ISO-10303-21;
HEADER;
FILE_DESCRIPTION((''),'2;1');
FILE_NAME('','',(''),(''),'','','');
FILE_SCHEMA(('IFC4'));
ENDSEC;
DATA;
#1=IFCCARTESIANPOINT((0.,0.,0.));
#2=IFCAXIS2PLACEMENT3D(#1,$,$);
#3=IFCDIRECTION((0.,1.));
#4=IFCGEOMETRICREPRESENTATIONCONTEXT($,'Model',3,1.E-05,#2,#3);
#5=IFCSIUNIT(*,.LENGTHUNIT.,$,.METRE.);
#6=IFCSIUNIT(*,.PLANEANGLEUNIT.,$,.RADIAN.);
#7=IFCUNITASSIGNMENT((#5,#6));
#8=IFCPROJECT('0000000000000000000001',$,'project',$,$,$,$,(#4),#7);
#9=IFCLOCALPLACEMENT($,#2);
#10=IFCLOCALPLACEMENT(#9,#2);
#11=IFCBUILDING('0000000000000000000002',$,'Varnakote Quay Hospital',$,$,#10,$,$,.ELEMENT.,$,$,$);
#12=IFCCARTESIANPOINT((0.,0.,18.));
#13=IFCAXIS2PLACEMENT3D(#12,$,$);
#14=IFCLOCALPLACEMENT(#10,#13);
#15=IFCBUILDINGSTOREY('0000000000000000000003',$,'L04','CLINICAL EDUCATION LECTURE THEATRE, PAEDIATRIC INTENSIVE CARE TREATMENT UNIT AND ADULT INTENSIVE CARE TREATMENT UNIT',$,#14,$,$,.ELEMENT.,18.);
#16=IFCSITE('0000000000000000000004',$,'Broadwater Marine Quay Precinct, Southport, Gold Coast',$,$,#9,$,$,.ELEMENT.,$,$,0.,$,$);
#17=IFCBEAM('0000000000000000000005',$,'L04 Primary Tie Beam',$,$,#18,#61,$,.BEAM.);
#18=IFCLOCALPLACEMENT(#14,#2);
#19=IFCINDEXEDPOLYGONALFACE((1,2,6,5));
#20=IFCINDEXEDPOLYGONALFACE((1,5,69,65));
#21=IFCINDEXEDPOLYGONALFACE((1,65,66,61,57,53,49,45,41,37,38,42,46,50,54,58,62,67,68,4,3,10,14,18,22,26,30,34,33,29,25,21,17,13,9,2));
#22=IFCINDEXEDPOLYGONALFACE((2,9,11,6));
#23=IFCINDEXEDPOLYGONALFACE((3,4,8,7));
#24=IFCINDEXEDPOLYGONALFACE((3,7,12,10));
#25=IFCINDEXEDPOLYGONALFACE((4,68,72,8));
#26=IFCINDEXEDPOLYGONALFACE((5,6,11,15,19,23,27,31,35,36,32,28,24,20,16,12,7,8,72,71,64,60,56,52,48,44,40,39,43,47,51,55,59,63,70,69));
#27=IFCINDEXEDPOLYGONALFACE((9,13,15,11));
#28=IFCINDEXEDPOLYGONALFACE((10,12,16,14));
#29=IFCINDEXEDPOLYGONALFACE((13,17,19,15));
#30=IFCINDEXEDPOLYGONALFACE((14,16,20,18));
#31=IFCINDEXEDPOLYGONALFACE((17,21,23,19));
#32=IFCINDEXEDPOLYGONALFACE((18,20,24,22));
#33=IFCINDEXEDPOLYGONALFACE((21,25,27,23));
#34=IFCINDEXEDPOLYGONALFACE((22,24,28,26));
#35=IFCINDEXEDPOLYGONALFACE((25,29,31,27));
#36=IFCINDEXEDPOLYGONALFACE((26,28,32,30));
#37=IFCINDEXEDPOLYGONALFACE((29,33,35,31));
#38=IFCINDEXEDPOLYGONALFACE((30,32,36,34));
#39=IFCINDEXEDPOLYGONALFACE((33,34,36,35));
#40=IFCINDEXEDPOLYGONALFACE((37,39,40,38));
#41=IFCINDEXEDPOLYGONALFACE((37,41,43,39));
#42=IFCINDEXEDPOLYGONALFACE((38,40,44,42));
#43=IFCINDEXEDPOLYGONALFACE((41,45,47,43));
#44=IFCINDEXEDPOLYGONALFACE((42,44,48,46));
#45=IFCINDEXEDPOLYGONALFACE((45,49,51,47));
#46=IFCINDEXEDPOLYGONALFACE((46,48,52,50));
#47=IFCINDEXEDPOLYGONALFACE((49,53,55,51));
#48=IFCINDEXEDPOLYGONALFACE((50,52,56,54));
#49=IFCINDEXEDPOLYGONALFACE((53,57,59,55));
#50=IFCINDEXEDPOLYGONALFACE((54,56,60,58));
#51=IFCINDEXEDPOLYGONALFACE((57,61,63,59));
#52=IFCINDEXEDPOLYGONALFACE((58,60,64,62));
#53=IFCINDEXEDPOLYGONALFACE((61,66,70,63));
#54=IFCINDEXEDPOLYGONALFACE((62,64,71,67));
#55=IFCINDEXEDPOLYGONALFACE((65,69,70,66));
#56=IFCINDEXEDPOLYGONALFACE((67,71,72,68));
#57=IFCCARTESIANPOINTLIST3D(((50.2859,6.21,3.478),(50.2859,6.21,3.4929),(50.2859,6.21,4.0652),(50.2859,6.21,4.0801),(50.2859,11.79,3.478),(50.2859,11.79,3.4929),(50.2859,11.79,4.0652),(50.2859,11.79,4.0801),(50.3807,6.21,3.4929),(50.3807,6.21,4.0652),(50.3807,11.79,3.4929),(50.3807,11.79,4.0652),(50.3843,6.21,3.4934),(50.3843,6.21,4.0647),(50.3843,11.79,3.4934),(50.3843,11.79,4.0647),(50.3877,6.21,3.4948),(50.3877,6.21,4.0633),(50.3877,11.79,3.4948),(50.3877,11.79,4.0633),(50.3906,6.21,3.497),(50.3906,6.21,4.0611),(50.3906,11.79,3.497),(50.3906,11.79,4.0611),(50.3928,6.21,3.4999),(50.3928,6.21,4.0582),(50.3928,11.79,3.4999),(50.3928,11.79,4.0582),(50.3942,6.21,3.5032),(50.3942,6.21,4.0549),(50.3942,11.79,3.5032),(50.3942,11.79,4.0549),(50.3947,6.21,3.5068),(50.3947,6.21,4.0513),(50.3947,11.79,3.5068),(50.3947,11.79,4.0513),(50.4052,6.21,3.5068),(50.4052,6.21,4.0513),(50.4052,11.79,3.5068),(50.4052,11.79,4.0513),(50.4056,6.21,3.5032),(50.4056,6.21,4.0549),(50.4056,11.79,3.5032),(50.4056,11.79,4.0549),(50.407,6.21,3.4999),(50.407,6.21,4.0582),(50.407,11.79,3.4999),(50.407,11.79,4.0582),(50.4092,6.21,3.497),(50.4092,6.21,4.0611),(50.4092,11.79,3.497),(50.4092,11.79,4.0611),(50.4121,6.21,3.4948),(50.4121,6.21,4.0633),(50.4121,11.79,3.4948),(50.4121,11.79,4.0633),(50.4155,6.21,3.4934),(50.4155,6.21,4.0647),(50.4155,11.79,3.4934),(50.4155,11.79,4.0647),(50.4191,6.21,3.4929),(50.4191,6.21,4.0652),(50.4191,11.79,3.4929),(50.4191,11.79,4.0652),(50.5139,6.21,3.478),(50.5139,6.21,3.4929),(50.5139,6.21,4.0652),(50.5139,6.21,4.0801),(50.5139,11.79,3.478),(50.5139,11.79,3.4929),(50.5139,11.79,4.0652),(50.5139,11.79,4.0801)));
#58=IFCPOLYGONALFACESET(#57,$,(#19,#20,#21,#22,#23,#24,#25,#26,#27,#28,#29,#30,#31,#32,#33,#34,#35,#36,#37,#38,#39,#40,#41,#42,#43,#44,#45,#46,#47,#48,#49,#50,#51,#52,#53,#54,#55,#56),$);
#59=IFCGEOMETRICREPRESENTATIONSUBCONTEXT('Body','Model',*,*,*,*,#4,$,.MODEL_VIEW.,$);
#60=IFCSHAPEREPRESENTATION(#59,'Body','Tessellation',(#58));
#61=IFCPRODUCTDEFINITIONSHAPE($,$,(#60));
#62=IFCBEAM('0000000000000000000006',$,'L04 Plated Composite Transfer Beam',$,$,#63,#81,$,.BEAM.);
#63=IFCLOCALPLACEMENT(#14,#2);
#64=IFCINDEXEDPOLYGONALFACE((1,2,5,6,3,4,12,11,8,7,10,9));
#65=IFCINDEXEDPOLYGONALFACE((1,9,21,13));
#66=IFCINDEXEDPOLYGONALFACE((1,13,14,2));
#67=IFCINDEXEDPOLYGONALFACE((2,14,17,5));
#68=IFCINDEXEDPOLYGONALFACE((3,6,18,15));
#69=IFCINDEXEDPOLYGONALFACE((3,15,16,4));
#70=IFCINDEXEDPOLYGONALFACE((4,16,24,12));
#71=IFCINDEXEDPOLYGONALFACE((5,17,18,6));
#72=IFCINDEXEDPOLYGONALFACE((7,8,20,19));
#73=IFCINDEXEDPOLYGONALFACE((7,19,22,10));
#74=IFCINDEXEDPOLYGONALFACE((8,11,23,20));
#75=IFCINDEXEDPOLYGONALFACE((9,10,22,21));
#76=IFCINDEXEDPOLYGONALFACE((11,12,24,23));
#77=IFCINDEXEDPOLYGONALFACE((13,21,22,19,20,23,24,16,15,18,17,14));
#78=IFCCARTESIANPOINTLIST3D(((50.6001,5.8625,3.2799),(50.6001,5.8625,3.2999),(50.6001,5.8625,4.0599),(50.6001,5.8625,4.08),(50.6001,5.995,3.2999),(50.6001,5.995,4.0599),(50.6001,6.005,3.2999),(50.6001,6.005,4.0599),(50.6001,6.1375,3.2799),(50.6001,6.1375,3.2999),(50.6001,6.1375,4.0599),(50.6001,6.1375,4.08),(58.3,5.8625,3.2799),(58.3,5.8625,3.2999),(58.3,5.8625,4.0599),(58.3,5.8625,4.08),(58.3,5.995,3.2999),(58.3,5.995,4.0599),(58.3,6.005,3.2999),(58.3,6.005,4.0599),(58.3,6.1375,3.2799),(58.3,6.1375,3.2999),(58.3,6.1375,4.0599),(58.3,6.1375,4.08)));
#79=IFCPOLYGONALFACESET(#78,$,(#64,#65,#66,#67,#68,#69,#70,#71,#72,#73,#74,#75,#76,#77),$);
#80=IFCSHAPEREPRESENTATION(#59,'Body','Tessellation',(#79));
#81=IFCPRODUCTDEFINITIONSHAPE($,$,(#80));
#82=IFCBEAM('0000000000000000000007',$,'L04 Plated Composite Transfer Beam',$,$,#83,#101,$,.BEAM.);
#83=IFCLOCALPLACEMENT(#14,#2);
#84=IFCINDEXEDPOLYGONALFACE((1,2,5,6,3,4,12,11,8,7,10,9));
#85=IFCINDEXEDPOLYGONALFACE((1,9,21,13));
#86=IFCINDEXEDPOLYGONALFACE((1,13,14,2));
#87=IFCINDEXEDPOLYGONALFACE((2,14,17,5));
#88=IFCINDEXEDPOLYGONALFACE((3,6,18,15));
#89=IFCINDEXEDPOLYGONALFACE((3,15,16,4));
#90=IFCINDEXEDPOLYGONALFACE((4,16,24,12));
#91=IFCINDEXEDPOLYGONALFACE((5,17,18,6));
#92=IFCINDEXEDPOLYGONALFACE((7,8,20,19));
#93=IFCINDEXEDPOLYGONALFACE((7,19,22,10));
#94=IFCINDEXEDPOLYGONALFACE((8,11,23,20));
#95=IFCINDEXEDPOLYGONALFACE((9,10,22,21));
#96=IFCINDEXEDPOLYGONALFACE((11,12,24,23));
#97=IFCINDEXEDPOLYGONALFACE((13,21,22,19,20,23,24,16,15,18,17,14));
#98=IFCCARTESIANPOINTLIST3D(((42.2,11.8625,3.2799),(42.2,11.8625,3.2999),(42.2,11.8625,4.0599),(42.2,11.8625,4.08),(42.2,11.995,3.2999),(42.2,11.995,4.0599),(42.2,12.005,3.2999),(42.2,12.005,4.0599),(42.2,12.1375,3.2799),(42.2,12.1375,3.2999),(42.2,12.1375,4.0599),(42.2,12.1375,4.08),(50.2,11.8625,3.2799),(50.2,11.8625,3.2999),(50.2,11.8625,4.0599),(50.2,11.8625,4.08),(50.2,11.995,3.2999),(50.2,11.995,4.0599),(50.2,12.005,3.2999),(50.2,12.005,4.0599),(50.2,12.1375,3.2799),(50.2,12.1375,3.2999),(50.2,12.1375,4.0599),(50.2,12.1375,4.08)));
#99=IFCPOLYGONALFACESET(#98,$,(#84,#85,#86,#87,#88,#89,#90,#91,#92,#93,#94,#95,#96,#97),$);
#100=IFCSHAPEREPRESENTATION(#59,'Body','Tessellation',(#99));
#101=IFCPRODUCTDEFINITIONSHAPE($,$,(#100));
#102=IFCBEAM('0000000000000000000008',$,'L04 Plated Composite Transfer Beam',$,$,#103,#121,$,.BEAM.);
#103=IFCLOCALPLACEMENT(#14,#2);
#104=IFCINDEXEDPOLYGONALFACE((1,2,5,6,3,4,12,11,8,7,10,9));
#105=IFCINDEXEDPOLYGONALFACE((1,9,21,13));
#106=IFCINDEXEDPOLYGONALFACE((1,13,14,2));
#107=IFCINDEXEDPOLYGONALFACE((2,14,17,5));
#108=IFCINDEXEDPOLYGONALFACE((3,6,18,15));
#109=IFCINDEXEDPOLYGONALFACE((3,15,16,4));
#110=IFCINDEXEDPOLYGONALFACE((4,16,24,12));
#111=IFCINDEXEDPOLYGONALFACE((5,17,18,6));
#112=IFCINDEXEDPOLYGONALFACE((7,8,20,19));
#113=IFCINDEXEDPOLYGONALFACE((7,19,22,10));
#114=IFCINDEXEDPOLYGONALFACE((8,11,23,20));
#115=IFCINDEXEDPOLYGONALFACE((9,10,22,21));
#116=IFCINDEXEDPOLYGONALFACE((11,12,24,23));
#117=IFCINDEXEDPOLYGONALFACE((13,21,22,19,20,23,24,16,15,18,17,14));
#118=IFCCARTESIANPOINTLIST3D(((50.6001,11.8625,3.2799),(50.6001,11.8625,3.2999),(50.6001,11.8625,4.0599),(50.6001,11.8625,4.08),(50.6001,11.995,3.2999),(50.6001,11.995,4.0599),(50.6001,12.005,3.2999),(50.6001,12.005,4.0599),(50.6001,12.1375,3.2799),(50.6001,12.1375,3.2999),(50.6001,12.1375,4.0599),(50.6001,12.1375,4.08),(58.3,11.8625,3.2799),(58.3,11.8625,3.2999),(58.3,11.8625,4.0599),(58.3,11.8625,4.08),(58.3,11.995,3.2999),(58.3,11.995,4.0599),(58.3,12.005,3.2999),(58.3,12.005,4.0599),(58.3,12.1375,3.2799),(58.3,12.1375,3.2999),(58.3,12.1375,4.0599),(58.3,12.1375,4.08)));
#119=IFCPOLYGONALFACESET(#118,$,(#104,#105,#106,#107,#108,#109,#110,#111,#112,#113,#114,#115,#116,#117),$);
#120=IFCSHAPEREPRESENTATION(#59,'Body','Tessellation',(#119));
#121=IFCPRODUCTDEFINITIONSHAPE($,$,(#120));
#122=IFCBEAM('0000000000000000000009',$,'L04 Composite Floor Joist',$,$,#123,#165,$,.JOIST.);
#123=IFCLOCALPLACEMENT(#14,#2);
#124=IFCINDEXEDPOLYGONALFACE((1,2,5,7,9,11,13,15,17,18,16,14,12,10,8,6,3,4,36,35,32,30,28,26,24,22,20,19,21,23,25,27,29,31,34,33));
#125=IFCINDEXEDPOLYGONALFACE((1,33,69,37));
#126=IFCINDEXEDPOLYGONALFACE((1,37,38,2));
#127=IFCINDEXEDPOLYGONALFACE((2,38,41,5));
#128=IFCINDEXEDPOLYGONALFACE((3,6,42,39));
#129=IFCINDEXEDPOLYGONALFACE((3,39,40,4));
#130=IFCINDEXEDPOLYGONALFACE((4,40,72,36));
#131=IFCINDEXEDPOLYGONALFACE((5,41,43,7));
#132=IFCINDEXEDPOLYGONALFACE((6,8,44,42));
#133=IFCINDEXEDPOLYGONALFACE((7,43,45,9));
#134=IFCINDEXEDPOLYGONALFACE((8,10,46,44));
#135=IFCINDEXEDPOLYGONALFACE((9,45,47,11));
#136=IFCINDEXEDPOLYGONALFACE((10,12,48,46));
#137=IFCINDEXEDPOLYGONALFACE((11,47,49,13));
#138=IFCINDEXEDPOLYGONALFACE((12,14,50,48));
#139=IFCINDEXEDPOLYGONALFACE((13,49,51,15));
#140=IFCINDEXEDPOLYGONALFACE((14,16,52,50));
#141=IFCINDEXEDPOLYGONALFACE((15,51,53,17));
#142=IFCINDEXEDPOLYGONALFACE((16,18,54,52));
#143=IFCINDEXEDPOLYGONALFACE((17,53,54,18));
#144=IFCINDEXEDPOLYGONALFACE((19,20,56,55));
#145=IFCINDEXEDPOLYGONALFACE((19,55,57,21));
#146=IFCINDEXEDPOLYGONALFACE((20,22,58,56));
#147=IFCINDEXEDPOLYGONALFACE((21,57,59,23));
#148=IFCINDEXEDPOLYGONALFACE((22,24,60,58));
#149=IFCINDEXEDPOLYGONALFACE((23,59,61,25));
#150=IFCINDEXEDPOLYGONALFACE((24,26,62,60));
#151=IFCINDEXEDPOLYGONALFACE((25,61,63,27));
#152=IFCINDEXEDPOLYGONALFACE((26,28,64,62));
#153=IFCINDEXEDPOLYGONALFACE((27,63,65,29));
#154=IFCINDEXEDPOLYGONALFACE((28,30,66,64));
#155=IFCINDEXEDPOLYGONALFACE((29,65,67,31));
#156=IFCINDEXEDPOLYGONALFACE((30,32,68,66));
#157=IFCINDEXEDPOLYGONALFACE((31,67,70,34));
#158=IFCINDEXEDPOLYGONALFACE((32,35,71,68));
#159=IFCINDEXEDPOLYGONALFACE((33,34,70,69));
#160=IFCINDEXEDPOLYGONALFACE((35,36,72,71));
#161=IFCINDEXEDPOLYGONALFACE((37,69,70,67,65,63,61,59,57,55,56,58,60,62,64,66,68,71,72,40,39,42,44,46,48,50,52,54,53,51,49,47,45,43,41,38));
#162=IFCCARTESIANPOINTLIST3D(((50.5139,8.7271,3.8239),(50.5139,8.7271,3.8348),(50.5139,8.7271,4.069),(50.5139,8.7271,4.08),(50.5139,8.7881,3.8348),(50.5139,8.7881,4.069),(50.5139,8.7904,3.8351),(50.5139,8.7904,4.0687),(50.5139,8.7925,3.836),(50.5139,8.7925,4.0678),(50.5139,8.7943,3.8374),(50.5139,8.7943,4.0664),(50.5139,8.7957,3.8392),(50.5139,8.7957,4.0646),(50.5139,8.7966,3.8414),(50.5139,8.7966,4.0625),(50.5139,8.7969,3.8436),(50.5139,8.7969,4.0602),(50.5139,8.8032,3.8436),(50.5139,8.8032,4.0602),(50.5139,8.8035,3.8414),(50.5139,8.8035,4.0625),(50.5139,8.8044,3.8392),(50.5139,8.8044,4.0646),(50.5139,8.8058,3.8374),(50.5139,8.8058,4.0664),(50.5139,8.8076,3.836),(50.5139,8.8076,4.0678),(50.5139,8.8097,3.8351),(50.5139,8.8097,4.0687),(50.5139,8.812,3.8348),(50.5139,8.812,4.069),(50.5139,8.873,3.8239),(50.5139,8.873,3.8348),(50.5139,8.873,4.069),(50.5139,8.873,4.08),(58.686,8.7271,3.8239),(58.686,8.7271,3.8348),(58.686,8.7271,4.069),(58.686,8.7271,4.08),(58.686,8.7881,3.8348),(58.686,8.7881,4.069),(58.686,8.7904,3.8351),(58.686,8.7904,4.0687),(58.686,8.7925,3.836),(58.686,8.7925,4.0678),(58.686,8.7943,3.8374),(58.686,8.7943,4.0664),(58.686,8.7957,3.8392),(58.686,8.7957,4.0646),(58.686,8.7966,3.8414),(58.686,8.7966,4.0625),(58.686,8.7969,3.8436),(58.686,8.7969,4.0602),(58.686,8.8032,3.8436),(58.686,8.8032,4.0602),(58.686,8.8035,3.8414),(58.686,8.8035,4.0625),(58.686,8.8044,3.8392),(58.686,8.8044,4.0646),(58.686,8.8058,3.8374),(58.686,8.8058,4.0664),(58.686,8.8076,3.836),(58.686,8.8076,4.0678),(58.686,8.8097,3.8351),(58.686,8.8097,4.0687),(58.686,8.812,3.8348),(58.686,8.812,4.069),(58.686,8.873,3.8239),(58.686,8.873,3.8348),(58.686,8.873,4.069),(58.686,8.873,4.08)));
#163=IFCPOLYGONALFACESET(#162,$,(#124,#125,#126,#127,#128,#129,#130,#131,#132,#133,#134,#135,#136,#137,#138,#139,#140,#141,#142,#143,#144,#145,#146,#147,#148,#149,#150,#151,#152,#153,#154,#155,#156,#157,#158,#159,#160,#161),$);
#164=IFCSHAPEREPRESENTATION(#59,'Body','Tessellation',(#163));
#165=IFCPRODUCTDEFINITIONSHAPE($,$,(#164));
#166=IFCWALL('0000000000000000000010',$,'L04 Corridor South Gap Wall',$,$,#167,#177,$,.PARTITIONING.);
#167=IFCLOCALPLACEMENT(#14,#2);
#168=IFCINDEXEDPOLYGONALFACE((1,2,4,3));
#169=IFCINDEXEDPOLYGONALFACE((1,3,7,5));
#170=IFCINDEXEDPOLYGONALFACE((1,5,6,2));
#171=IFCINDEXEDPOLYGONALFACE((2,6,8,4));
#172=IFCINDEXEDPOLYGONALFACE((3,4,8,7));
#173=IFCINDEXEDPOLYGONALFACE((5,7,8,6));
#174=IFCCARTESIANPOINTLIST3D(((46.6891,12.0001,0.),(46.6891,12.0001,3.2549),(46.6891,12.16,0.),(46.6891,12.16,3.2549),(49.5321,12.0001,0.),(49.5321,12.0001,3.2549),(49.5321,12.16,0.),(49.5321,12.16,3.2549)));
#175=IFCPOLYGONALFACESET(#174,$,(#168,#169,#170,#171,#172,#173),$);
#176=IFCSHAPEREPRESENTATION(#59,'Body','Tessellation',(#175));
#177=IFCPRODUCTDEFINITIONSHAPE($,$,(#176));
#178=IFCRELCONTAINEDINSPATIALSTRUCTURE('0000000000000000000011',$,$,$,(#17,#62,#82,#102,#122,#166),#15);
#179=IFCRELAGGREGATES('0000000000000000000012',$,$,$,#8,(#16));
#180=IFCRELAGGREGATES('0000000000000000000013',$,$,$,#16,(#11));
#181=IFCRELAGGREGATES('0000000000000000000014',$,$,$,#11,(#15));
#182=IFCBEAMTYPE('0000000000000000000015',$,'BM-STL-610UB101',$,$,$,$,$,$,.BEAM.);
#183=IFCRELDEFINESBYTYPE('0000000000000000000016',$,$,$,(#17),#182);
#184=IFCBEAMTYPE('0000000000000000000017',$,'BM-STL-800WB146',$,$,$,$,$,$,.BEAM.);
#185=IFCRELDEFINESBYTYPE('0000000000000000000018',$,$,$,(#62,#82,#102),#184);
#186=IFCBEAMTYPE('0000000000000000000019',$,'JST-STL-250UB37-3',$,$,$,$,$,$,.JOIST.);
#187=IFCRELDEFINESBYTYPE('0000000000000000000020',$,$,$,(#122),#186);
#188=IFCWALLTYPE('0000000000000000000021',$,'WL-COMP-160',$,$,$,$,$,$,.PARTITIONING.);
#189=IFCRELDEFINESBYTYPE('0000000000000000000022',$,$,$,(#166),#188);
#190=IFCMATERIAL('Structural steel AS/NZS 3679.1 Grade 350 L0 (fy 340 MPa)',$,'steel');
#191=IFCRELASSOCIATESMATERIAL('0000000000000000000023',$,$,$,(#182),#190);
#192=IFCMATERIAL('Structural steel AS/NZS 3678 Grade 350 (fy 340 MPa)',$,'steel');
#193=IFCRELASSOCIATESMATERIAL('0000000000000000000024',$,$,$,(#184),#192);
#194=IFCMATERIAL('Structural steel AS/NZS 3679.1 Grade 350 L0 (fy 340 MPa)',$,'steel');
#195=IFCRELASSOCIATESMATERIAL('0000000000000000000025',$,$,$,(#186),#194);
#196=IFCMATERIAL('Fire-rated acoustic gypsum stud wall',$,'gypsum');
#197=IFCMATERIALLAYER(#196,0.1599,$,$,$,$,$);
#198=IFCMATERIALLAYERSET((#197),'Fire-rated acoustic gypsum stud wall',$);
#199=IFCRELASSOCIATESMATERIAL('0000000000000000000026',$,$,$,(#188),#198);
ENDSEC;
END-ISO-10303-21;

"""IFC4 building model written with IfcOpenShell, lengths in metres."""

from ifc_helpers import new_model, si_unit, direction, frame, frame_2d, origin, origin_2d, place, context, subcontext, project, spatial, rectangle, i_section, extrude, material, layer, layer_set, material_profile, profile_set, type_object, element, save


model = new_model("IFC4")

# Units and contexts
model_context = context("Model", 3, precision=1e-05, world=origin(), true_north=direction((0.0, 1.0)))
body_context = subcontext(model_context, "Body", "Model", "MODEL_VIEW")
ifc_project = project(units=[si_unit("LENGTHUNIT", "METRE"), si_unit("PLANEANGLEUNIT", "RADIAN")], contexts=[model_context])

# Site, building, storey
site_placement = place(None, origin())
site = spatial("IfcSite", under=ifc_project, at=site_placement, Name="Broadwater Marine Quay Precinct, Southport, Gold Coast", CompositionType="ELEMENT", RefElevation=0.0)
building_placement = place(site_placement, origin())
building = spatial("IfcBuilding", under=site, at=building_placement, Name="Varnakote Quay Hospital", CompositionType="ELEMENT")
storey_placement = place(building_placement, frame((0.0, 0.0, 18.0)))
storey = spatial("IfcBuildingStorey", under=building, at=storey_placement, Name="L04", Description="CLINICAL EDUCATION LECTURE THEATRE, PAEDIATRIC INTENSIVE CARE TREATMENT UNIT AND ADULT INTENSIVE CARE TREATMENT UNIT", CompositionType="ELEMENT", Elevation=18.0)

# Beams
ifc_material_1 = material(Name="Structural steel AS/NZS 3679.1 Grade 350 L0 (fy 340 MPa)", Category="steel")
ifc_material_profile_1 = material_profile(ifc_material_1, i_section(OverallWidth=0.228, OverallDepth=0.6021, WebThickness=0.0105, FlangeThickness=0.0149, FilletRadius=0.0139, at=origin_2d()), Name="610UB101")
ifc_profile_set_1 = profile_set([ifc_material_profile_1], Name="Structural steel AS/NZS 3679.1 Grade 350 L0 (fy 340 MPa)")
beam_type_1 = type_object("IfcBeamType", Name="BM-STL-610UB101", PredefinedType="BEAM", material=ifc_profile_set_1)
beam_1_placement = place(storey_placement, frame((50.3999, 6.21, 3.7791), z_axis=(0.0, 1.0, 0.0), x_axis=(-1.0, 0.0, 0.0)))
element("IfcBeam", 1, at=beam_1_placement, inside=storey, type_object=beam_type_1, Name="L04 Primary Tie Beam", PredefinedType="BEAM", context=body_context, shape_type="SweptSolid", body=[
    extrude(i_section(OverallWidth=0.228, OverallDepth=0.6021, WebThickness=0.0105, FlangeThickness=0.0149, FilletRadius=0.0139, at=origin_2d()), origin(), (0.0, 0.0, 1.0), 5.5801),
])
ifc_material_2 = material(Name="Structural steel AS/NZS 3678 Grade 350 (fy 340 MPa)", Category="steel")
ifc_material_profile_2 = material_profile(ifc_material_2, i_section(OverallWidth=0.2749, OverallDepth=0.8, WebThickness=0.01, FlangeThickness=0.02, at=origin_2d()), Name="800WB146")
ifc_profile_set_2 = profile_set([ifc_material_profile_2], Name="Structural steel AS/NZS 3678 Grade 350 (fy 340 MPa)")
beam_type_2 = type_object("IfcBeamType", Name="BM-STL-800WB146", PredefinedType="BEAM", material=ifc_profile_set_2)
beam_2_placement = place(storey_placement, frame((50.6001, 6.0, 3.6799), z_axis=(1.0, 0.0, 0.0), x_axis=(0.0, 1.0, 0.0)))
element("IfcBeam", 2, at=beam_2_placement, inside=storey, type_object=beam_type_2, Name="L04 Plated Composite Transfer Beam", PredefinedType="BEAM", context=body_context, shape_type="SweptSolid", body=[
    extrude(i_section(OverallWidth=0.2749, OverallDepth=0.8, WebThickness=0.01, FlangeThickness=0.02, at=origin_2d()), origin(), (0.0, 0.0, 1.0), 7.7),
])
beam_3_placement = place(storey_placement, frame((42.2, 12.0, 3.6799), z_axis=(1.0, 0.0, 0.0), x_axis=(0.0, 1.0, 0.0)))
element("IfcBeam", 3, at=beam_3_placement, inside=storey, type_object=beam_type_2, Name="L04 Plated Composite Transfer Beam", PredefinedType="BEAM", context=body_context, shape_type="SweptSolid", body=[
    extrude(i_section(OverallWidth=0.2749, OverallDepth=0.8, WebThickness=0.01, FlangeThickness=0.02, at=origin_2d()), origin(), (0.0, 0.0, 1.0), 8.0),
])
beam_4_placement = place(storey_placement, frame((50.6001, 12.0, 3.6799), z_axis=(1.0, 0.0, 0.0), x_axis=(0.0, 1.0, 0.0)))
element("IfcBeam", 4, at=beam_4_placement, inside=storey, type_object=beam_type_2, Name="L04 Plated Composite Transfer Beam", PredefinedType="BEAM", context=body_context, shape_type="SweptSolid", body=[
    extrude(i_section(OverallWidth=0.2749, OverallDepth=0.8, WebThickness=0.01, FlangeThickness=0.02, at=origin_2d()), origin(), (0.0, 0.0, 1.0), 7.7),
])
ifc_material_3 = material(Name="Structural steel AS/NZS 3679.1 Grade 350 L0 (fy 340 MPa)", Category="steel")
ifc_material_profile_3 = material_profile(ifc_material_3, i_section(OverallWidth=0.146, OverallDepth=0.2561, WebThickness=0.0063, FlangeThickness=0.011, FilletRadius=0.0088, at=origin_2d()), Name="250UB37.3")
ifc_profile_set_3 = profile_set([ifc_material_profile_3], Name="Structural steel AS/NZS 3679.1 Grade 350 L0 (fy 340 MPa)")
beam_type_3 = type_object("IfcBeamType", Name="JST-STL-250UB37-3", PredefinedType="JOIST", material=ifc_profile_set_3)
beam_5_placement = place(storey_placement, frame((50.5139, 8.8, 3.9519), z_axis=(1.0, 0.0, 0.0), x_axis=(0.0, 1.0, 0.0)))
element("IfcBeam", 5, at=beam_5_placement, inside=storey, type_object=beam_type_3, Name="L04 Composite Floor Joist", PredefinedType="JOIST", context=body_context, shape_type="SweptSolid", body=[
    extrude(i_section(OverallWidth=0.146, OverallDepth=0.2561, WebThickness=0.0063, FlangeThickness=0.011, FilletRadius=0.0088, at=origin_2d()), origin(), (0.0, 0.0, 1.0), 8.1721),
])

# Wall
ifc_material_4 = material(Name="Fire-rated acoustic gypsum stud wall", Category="gypsum")
ifc_layer_1 = layer(ifc_material_4, 0.1599)
ifc_layer_set_1 = layer_set([ifc_layer_1], Name="Fire-rated acoustic gypsum stud wall")
wall_type_1 = type_object("IfcWallType", Name="WL-COMP-160", PredefinedType="PARTITIONING", material=ifc_layer_set_1)
wall_1_placement = place(storey_placement, frame((46.6892, 12.0801, 0.0), z_axis=(0.0, 0.0, 1.0), x_axis=(1.0, 0.0, 0.0)))
element("IfcWall", 6, at=wall_1_placement, inside=storey, type_object=wall_type_1, Name="L04 Corridor South Gap Wall", PredefinedType="PARTITIONING", context=body_context, shape_type="SweptSolid", body=[
    extrude(rectangle(XDim=2.843, YDim=0.1599, at=frame_2d((1.4214, 0.0))), origin(), (0.0, 0.0, 1.0), 3.2549),
])

save(model, "model.ifc")
